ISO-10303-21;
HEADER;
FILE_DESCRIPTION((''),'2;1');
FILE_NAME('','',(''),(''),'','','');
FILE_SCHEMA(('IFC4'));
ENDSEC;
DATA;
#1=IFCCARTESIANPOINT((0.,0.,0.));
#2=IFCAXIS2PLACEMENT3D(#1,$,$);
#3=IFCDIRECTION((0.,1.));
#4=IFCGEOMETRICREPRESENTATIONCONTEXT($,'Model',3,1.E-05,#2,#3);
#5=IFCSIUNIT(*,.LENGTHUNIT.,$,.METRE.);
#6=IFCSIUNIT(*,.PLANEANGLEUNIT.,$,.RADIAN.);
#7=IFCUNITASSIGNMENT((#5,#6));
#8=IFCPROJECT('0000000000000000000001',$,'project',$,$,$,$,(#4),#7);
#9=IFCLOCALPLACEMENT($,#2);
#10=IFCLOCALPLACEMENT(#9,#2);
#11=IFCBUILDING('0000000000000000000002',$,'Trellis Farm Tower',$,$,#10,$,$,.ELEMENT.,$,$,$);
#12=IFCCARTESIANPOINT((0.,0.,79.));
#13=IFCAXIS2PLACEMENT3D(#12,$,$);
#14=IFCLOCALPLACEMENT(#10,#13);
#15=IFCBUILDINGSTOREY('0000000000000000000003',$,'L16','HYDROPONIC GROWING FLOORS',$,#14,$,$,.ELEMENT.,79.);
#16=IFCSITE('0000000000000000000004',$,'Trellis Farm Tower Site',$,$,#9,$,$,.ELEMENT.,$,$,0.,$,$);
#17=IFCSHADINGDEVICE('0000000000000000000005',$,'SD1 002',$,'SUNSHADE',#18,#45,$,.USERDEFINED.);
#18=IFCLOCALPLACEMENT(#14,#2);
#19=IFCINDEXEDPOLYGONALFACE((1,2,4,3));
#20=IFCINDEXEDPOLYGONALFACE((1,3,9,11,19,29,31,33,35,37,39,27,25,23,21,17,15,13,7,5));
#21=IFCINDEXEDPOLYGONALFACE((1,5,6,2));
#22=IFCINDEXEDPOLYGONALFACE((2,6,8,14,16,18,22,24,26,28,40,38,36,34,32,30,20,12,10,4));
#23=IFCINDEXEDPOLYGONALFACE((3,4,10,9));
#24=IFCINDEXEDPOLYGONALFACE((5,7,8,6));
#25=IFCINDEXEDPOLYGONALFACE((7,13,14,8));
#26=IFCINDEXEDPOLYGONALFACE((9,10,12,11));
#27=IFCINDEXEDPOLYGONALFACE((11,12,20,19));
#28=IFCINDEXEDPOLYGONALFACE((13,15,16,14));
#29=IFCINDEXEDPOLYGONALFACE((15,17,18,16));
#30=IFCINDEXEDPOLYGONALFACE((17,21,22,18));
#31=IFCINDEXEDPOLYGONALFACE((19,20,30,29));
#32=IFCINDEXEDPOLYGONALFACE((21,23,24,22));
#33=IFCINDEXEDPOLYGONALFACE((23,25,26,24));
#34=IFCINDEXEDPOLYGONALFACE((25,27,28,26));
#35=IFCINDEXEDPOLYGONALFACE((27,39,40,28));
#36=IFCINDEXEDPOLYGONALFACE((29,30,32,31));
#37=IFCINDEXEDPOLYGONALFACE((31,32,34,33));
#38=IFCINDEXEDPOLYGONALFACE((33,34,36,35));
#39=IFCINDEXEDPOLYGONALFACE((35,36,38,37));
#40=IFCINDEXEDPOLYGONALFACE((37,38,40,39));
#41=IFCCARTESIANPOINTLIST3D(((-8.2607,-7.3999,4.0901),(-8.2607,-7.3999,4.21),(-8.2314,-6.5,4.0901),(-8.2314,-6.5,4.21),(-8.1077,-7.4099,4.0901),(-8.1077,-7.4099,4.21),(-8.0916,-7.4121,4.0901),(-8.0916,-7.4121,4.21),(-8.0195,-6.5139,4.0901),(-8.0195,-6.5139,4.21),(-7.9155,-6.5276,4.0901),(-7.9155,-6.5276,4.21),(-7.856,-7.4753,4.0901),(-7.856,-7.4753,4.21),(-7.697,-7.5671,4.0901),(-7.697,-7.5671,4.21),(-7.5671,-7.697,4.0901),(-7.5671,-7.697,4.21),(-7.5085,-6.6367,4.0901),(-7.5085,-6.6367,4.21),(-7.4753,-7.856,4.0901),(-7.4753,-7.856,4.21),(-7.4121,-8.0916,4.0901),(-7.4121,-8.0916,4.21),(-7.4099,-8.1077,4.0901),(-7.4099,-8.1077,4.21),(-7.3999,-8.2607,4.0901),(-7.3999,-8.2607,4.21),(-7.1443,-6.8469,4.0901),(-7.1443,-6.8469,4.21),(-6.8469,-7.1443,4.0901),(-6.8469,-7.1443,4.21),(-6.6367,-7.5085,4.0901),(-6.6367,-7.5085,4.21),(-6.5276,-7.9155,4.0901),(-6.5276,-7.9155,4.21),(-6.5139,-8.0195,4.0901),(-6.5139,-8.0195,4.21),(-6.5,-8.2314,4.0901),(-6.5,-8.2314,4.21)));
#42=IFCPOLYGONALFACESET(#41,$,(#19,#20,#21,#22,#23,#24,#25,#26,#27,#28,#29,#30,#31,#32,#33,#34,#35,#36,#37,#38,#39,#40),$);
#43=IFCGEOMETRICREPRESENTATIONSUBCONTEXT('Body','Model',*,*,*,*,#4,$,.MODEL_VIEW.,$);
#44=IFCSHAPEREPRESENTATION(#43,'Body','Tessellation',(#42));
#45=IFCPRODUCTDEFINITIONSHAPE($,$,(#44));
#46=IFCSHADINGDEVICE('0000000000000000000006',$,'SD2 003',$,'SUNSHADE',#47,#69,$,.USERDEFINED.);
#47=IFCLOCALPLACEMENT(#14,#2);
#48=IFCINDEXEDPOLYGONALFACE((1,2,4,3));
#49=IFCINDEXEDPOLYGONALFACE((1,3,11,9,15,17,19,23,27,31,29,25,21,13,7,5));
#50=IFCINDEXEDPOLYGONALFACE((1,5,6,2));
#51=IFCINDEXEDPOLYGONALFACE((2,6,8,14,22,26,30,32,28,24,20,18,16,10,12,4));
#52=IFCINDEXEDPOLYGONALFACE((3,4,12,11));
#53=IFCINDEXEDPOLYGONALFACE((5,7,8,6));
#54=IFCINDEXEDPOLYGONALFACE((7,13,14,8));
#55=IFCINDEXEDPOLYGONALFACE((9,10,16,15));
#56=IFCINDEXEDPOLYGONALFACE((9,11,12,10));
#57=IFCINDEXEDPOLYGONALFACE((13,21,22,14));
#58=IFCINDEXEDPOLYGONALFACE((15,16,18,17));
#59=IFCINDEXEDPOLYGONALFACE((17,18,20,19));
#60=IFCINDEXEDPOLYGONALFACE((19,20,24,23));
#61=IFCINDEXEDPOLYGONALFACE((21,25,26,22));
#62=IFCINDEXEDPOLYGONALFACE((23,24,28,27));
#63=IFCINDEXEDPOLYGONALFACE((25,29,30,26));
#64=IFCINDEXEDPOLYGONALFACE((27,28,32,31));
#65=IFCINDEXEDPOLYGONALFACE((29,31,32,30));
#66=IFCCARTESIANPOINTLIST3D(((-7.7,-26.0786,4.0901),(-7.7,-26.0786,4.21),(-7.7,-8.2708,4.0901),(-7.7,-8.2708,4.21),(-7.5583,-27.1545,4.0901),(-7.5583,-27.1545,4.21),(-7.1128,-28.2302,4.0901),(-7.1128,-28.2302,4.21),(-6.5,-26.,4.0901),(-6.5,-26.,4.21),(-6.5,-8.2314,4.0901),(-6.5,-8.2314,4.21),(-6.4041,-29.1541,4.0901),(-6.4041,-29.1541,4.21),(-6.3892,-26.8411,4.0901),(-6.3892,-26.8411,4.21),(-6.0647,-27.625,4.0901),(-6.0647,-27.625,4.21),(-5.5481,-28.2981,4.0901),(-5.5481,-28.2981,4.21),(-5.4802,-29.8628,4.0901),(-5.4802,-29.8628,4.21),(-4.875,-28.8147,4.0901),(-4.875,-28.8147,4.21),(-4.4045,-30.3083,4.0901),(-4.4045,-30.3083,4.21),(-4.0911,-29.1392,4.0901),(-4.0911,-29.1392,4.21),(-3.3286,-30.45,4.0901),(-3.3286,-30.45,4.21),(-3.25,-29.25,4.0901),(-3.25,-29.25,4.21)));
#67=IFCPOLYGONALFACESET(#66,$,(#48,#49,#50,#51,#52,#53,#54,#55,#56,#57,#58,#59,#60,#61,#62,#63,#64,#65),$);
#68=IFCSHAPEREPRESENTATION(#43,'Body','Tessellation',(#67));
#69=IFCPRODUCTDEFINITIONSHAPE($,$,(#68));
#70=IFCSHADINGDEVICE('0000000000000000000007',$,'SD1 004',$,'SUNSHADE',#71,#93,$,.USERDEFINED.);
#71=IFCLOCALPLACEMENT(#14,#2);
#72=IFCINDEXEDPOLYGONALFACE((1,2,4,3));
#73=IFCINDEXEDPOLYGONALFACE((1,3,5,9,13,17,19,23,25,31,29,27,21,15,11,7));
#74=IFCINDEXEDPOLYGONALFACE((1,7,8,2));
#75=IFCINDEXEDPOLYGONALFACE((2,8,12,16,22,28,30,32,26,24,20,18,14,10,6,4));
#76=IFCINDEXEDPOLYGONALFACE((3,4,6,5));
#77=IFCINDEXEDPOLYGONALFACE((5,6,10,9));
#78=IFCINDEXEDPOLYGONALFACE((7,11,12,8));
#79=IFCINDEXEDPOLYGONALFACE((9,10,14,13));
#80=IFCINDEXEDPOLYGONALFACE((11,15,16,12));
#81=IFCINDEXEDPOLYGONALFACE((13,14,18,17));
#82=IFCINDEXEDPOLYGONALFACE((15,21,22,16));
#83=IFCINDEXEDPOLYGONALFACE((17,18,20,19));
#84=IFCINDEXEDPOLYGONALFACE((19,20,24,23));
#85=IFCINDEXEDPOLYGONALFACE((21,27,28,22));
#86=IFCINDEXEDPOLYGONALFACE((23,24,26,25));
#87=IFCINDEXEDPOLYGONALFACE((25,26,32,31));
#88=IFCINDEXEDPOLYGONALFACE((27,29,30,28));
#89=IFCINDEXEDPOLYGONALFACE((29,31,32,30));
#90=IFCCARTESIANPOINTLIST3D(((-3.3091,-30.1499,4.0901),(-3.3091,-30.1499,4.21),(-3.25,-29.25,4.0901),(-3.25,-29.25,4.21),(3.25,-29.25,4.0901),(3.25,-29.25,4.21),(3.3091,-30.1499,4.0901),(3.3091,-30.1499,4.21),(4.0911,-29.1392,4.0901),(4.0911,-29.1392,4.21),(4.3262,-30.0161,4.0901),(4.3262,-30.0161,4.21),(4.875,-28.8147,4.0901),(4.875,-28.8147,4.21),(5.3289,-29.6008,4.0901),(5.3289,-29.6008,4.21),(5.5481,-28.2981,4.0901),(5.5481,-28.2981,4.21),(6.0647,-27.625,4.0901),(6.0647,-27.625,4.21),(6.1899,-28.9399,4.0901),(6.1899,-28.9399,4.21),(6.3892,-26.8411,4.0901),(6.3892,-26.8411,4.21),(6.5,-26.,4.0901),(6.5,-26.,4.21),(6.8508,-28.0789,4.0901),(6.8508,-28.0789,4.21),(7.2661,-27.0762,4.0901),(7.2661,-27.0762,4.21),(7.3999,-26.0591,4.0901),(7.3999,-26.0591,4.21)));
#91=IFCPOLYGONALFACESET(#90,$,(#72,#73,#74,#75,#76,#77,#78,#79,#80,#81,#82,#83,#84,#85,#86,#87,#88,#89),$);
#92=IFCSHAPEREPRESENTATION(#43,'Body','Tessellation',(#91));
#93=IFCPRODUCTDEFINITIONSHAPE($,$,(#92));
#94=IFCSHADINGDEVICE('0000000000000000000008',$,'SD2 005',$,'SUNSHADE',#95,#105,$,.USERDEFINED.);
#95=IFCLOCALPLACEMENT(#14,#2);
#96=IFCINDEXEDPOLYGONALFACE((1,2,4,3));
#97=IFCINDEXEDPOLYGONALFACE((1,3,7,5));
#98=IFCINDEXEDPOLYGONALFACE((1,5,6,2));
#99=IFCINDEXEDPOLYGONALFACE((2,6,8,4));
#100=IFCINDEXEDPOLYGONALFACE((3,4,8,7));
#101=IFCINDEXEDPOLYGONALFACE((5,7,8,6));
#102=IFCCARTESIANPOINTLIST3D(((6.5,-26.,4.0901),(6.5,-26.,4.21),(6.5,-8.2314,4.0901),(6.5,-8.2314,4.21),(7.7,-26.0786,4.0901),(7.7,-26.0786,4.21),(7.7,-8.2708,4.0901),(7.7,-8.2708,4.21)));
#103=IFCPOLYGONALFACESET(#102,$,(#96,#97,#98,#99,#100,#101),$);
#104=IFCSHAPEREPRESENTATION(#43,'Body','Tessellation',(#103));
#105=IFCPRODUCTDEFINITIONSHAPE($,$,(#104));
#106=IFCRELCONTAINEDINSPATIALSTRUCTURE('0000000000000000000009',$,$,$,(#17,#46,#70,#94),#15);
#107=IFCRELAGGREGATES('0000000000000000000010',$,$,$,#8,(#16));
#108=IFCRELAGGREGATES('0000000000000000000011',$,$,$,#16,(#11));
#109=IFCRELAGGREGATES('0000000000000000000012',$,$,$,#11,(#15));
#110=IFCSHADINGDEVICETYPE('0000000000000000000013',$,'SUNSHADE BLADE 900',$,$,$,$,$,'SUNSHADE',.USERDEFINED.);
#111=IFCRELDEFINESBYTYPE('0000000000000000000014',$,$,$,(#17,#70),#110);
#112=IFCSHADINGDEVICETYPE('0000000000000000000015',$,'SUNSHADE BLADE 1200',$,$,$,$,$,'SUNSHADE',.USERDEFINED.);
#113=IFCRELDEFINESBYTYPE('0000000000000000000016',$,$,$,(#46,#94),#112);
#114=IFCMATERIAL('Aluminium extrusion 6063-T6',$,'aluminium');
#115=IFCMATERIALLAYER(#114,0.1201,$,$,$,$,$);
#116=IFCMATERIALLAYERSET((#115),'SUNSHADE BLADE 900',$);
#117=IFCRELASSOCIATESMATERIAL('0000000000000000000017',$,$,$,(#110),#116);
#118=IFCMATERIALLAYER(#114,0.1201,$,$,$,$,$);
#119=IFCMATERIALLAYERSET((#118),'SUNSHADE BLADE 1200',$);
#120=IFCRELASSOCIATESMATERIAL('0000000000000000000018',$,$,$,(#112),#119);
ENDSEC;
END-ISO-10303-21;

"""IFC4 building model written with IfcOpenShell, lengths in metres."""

from ifc_helpers import new_model, si_unit, direction, frame, origin, place, context, subcontext, project, spatial, polyline, outline, extrude, source, transform, mapped, material, layer, layer_set, type_object, element, save


model = new_model("IFC4")

# Units and contexts
model_context = context("Model", 3, precision=1e-05, world=origin(), true_north=direction((0.0, 1.0)))
body_context = subcontext(model_context, "Body", "Model", "MODEL_VIEW")
ifc_project = project(units=[si_unit("LENGTHUNIT", "METRE"), si_unit("PLANEANGLEUNIT", "RADIAN")], contexts=[model_context])

# Site, building, storey
site_placement = place(None, origin())
site = spatial("IfcSite", under=ifc_project, at=site_placement, Name="Trellis Farm Tower Site", CompositionType="ELEMENT", RefElevation=0.0)
building_placement = place(site_placement, origin())
building = spatial("IfcBuilding", under=site, at=building_placement, Name="Trellis Farm Tower", CompositionType="ELEMENT")
storey_placement = place(building_placement, frame((0.0, 0.0, 79.0)))
storey = spatial("IfcBuildingStorey", under=building, at=storey_placement, Name="L16", Description="HYDROPONIC GROWING FLOORS", CompositionType="ELEMENT", Elevation=79.0)

# Shared definitions
ifc_material_1 = material(Name="Aluminium extrusion 6063-T6", Category="aluminium")

# Shading devices
ifc_layer_1 = layer(ifc_material_1, 0.1201)
ifc_layer_set_1 = layer_set([ifc_layer_1], Name="SUNSHADE BLADE 900")
shading_device_type_1 = type_object("IfcShadingDeviceType", Name="SUNSHADE BLADE 900", ElementType="SUNSHADE", PredefinedType="USERDEFINED", material=ifc_layer_set_1)
placement_1 = place(storey_placement, frame((0.0, 0.0, 4.0901)))
shared_shape_1 = source(origin(), body_context, "Body", "SweptSolid", [
    extrude(outline(polyline([(-8.2607, -7.3999), (-8.1077, -7.4099), (-8.0916, -7.4121), (-7.856, -7.4753), (-7.697, -7.5671), (-7.5671, -7.697), (-7.4753, -7.856), (-7.4121, -8.0916), (-7.4099, -8.1077), (-7.3999, -8.2607), (-6.5, -8.2314), (-6.5139, -8.0195), (-6.5276, -7.9155), (-6.6367, -7.5085), (-6.8469, -7.1443), (-7.1443, -6.8469), (-7.5085, -6.6367), (-7.9155, -6.5276), (-8.0195, -6.5139), (-8.2314, -6.5), (-8.2607, -7.3999)])), origin(), (0.0, 0.0, 1.0), 0.1199),
])
element("IfcShadingDevice", 1, at=placement_1, inside=storey, type_object=shading_device_type_1, Name="SD1 002", ObjectType="SUNSHADE", PredefinedType="USERDEFINED", context=body_context, shape_type="MappedRepresentation", body=[
    mapped(shared_shape_1, transform((0.0, 0.0, 0.0))),
])
ifc_layer_2 = layer(ifc_material_1, 0.1201)
ifc_layer_set_2 = layer_set([ifc_layer_2], Name="SUNSHADE BLADE 1200")
shading_device_type_2 = type_object("IfcShadingDeviceType", Name="SUNSHADE BLADE 1200", ElementType="SUNSHADE", PredefinedType="USERDEFINED", material=ifc_layer_set_2)
shared_shape_2 = source(origin(), body_context, "Body", "SweptSolid", [
    extrude(outline(polyline([(-7.7, -8.2708), (-7.7, -26.0786), (-7.5583, -27.1545), (-7.1128, -28.2302), (-6.4041, -29.1541), (-5.4802, -29.8628), (-4.4045, -30.3083), (-3.3286, -30.45), (-3.25, -29.25), (-4.0911, -29.1392), (-4.875, -28.8147), (-5.5481, -28.2981), (-6.0647, -27.625), (-6.3892, -26.8411), (-6.5, -26.0), (-6.5, -8.2314), (-7.7, -8.2708)])), origin(), (0.0, 0.0, 1.0), 0.1199),
])
element("IfcShadingDevice", 2, at=placement_1, inside=storey, type_object=shading_device_type_2, Name="SD2 003", ObjectType="SUNSHADE", PredefinedType="USERDEFINED", context=body_context, shape_type="MappedRepresentation", body=[
    mapped(shared_shape_2, transform((0.0, 0.0, 0.0))),
])
shared_shape_3 = source(origin(), body_context, "Body", "SweptSolid", [
    extrude(outline(polyline([(-3.3091, -30.1499), (3.3091, -30.1499), (4.3262, -30.0161), (5.3289, -29.6008), (6.1899, -28.9399), (6.8508, -28.0789), (7.2661, -27.0762), (7.3999, -26.0591), (6.5, -26.0), (6.3892, -26.8411), (6.0647, -27.625), (5.5481, -28.2981), (4.875, -28.8147), (4.0911, -29.1392), (3.25, -29.25), (-3.25, -29.25), (-3.3091, -30.1499)])), origin(), (0.0, 0.0, 1.0), 0.1199),
])
element("IfcShadingDevice", 3, at=placement_1, inside=storey, type_object=shading_device_type_1, Name="SD1 004", ObjectType="SUNSHADE", PredefinedType="USERDEFINED", context=body_context, shape_type="MappedRepresentation", body=[
    mapped(shared_shape_3, transform((0.0, 0.0, 0.0))),
])
shared_shape_4 = source(origin(), body_context, "Body", "SweptSolid", [
    extrude(outline(polyline([(7.7, -26.0786), (7.7, -8.2708), (6.5, -8.2314), (6.5, -26.0), (7.7, -26.0786)])), origin(), (0.0, 0.0, 1.0), 0.1199),
])
element("IfcShadingDevice", 4, at=placement_1, inside=storey, type_object=shading_device_type_2, Name="SD2 005", ObjectType="SUNSHADE", PredefinedType="USERDEFINED", context=body_context, shape_type="MappedRepresentation", body=[
    mapped(shared_shape_4, transform((0.0, 0.0, 0.0))),
])

save(model, "model.ifc")
